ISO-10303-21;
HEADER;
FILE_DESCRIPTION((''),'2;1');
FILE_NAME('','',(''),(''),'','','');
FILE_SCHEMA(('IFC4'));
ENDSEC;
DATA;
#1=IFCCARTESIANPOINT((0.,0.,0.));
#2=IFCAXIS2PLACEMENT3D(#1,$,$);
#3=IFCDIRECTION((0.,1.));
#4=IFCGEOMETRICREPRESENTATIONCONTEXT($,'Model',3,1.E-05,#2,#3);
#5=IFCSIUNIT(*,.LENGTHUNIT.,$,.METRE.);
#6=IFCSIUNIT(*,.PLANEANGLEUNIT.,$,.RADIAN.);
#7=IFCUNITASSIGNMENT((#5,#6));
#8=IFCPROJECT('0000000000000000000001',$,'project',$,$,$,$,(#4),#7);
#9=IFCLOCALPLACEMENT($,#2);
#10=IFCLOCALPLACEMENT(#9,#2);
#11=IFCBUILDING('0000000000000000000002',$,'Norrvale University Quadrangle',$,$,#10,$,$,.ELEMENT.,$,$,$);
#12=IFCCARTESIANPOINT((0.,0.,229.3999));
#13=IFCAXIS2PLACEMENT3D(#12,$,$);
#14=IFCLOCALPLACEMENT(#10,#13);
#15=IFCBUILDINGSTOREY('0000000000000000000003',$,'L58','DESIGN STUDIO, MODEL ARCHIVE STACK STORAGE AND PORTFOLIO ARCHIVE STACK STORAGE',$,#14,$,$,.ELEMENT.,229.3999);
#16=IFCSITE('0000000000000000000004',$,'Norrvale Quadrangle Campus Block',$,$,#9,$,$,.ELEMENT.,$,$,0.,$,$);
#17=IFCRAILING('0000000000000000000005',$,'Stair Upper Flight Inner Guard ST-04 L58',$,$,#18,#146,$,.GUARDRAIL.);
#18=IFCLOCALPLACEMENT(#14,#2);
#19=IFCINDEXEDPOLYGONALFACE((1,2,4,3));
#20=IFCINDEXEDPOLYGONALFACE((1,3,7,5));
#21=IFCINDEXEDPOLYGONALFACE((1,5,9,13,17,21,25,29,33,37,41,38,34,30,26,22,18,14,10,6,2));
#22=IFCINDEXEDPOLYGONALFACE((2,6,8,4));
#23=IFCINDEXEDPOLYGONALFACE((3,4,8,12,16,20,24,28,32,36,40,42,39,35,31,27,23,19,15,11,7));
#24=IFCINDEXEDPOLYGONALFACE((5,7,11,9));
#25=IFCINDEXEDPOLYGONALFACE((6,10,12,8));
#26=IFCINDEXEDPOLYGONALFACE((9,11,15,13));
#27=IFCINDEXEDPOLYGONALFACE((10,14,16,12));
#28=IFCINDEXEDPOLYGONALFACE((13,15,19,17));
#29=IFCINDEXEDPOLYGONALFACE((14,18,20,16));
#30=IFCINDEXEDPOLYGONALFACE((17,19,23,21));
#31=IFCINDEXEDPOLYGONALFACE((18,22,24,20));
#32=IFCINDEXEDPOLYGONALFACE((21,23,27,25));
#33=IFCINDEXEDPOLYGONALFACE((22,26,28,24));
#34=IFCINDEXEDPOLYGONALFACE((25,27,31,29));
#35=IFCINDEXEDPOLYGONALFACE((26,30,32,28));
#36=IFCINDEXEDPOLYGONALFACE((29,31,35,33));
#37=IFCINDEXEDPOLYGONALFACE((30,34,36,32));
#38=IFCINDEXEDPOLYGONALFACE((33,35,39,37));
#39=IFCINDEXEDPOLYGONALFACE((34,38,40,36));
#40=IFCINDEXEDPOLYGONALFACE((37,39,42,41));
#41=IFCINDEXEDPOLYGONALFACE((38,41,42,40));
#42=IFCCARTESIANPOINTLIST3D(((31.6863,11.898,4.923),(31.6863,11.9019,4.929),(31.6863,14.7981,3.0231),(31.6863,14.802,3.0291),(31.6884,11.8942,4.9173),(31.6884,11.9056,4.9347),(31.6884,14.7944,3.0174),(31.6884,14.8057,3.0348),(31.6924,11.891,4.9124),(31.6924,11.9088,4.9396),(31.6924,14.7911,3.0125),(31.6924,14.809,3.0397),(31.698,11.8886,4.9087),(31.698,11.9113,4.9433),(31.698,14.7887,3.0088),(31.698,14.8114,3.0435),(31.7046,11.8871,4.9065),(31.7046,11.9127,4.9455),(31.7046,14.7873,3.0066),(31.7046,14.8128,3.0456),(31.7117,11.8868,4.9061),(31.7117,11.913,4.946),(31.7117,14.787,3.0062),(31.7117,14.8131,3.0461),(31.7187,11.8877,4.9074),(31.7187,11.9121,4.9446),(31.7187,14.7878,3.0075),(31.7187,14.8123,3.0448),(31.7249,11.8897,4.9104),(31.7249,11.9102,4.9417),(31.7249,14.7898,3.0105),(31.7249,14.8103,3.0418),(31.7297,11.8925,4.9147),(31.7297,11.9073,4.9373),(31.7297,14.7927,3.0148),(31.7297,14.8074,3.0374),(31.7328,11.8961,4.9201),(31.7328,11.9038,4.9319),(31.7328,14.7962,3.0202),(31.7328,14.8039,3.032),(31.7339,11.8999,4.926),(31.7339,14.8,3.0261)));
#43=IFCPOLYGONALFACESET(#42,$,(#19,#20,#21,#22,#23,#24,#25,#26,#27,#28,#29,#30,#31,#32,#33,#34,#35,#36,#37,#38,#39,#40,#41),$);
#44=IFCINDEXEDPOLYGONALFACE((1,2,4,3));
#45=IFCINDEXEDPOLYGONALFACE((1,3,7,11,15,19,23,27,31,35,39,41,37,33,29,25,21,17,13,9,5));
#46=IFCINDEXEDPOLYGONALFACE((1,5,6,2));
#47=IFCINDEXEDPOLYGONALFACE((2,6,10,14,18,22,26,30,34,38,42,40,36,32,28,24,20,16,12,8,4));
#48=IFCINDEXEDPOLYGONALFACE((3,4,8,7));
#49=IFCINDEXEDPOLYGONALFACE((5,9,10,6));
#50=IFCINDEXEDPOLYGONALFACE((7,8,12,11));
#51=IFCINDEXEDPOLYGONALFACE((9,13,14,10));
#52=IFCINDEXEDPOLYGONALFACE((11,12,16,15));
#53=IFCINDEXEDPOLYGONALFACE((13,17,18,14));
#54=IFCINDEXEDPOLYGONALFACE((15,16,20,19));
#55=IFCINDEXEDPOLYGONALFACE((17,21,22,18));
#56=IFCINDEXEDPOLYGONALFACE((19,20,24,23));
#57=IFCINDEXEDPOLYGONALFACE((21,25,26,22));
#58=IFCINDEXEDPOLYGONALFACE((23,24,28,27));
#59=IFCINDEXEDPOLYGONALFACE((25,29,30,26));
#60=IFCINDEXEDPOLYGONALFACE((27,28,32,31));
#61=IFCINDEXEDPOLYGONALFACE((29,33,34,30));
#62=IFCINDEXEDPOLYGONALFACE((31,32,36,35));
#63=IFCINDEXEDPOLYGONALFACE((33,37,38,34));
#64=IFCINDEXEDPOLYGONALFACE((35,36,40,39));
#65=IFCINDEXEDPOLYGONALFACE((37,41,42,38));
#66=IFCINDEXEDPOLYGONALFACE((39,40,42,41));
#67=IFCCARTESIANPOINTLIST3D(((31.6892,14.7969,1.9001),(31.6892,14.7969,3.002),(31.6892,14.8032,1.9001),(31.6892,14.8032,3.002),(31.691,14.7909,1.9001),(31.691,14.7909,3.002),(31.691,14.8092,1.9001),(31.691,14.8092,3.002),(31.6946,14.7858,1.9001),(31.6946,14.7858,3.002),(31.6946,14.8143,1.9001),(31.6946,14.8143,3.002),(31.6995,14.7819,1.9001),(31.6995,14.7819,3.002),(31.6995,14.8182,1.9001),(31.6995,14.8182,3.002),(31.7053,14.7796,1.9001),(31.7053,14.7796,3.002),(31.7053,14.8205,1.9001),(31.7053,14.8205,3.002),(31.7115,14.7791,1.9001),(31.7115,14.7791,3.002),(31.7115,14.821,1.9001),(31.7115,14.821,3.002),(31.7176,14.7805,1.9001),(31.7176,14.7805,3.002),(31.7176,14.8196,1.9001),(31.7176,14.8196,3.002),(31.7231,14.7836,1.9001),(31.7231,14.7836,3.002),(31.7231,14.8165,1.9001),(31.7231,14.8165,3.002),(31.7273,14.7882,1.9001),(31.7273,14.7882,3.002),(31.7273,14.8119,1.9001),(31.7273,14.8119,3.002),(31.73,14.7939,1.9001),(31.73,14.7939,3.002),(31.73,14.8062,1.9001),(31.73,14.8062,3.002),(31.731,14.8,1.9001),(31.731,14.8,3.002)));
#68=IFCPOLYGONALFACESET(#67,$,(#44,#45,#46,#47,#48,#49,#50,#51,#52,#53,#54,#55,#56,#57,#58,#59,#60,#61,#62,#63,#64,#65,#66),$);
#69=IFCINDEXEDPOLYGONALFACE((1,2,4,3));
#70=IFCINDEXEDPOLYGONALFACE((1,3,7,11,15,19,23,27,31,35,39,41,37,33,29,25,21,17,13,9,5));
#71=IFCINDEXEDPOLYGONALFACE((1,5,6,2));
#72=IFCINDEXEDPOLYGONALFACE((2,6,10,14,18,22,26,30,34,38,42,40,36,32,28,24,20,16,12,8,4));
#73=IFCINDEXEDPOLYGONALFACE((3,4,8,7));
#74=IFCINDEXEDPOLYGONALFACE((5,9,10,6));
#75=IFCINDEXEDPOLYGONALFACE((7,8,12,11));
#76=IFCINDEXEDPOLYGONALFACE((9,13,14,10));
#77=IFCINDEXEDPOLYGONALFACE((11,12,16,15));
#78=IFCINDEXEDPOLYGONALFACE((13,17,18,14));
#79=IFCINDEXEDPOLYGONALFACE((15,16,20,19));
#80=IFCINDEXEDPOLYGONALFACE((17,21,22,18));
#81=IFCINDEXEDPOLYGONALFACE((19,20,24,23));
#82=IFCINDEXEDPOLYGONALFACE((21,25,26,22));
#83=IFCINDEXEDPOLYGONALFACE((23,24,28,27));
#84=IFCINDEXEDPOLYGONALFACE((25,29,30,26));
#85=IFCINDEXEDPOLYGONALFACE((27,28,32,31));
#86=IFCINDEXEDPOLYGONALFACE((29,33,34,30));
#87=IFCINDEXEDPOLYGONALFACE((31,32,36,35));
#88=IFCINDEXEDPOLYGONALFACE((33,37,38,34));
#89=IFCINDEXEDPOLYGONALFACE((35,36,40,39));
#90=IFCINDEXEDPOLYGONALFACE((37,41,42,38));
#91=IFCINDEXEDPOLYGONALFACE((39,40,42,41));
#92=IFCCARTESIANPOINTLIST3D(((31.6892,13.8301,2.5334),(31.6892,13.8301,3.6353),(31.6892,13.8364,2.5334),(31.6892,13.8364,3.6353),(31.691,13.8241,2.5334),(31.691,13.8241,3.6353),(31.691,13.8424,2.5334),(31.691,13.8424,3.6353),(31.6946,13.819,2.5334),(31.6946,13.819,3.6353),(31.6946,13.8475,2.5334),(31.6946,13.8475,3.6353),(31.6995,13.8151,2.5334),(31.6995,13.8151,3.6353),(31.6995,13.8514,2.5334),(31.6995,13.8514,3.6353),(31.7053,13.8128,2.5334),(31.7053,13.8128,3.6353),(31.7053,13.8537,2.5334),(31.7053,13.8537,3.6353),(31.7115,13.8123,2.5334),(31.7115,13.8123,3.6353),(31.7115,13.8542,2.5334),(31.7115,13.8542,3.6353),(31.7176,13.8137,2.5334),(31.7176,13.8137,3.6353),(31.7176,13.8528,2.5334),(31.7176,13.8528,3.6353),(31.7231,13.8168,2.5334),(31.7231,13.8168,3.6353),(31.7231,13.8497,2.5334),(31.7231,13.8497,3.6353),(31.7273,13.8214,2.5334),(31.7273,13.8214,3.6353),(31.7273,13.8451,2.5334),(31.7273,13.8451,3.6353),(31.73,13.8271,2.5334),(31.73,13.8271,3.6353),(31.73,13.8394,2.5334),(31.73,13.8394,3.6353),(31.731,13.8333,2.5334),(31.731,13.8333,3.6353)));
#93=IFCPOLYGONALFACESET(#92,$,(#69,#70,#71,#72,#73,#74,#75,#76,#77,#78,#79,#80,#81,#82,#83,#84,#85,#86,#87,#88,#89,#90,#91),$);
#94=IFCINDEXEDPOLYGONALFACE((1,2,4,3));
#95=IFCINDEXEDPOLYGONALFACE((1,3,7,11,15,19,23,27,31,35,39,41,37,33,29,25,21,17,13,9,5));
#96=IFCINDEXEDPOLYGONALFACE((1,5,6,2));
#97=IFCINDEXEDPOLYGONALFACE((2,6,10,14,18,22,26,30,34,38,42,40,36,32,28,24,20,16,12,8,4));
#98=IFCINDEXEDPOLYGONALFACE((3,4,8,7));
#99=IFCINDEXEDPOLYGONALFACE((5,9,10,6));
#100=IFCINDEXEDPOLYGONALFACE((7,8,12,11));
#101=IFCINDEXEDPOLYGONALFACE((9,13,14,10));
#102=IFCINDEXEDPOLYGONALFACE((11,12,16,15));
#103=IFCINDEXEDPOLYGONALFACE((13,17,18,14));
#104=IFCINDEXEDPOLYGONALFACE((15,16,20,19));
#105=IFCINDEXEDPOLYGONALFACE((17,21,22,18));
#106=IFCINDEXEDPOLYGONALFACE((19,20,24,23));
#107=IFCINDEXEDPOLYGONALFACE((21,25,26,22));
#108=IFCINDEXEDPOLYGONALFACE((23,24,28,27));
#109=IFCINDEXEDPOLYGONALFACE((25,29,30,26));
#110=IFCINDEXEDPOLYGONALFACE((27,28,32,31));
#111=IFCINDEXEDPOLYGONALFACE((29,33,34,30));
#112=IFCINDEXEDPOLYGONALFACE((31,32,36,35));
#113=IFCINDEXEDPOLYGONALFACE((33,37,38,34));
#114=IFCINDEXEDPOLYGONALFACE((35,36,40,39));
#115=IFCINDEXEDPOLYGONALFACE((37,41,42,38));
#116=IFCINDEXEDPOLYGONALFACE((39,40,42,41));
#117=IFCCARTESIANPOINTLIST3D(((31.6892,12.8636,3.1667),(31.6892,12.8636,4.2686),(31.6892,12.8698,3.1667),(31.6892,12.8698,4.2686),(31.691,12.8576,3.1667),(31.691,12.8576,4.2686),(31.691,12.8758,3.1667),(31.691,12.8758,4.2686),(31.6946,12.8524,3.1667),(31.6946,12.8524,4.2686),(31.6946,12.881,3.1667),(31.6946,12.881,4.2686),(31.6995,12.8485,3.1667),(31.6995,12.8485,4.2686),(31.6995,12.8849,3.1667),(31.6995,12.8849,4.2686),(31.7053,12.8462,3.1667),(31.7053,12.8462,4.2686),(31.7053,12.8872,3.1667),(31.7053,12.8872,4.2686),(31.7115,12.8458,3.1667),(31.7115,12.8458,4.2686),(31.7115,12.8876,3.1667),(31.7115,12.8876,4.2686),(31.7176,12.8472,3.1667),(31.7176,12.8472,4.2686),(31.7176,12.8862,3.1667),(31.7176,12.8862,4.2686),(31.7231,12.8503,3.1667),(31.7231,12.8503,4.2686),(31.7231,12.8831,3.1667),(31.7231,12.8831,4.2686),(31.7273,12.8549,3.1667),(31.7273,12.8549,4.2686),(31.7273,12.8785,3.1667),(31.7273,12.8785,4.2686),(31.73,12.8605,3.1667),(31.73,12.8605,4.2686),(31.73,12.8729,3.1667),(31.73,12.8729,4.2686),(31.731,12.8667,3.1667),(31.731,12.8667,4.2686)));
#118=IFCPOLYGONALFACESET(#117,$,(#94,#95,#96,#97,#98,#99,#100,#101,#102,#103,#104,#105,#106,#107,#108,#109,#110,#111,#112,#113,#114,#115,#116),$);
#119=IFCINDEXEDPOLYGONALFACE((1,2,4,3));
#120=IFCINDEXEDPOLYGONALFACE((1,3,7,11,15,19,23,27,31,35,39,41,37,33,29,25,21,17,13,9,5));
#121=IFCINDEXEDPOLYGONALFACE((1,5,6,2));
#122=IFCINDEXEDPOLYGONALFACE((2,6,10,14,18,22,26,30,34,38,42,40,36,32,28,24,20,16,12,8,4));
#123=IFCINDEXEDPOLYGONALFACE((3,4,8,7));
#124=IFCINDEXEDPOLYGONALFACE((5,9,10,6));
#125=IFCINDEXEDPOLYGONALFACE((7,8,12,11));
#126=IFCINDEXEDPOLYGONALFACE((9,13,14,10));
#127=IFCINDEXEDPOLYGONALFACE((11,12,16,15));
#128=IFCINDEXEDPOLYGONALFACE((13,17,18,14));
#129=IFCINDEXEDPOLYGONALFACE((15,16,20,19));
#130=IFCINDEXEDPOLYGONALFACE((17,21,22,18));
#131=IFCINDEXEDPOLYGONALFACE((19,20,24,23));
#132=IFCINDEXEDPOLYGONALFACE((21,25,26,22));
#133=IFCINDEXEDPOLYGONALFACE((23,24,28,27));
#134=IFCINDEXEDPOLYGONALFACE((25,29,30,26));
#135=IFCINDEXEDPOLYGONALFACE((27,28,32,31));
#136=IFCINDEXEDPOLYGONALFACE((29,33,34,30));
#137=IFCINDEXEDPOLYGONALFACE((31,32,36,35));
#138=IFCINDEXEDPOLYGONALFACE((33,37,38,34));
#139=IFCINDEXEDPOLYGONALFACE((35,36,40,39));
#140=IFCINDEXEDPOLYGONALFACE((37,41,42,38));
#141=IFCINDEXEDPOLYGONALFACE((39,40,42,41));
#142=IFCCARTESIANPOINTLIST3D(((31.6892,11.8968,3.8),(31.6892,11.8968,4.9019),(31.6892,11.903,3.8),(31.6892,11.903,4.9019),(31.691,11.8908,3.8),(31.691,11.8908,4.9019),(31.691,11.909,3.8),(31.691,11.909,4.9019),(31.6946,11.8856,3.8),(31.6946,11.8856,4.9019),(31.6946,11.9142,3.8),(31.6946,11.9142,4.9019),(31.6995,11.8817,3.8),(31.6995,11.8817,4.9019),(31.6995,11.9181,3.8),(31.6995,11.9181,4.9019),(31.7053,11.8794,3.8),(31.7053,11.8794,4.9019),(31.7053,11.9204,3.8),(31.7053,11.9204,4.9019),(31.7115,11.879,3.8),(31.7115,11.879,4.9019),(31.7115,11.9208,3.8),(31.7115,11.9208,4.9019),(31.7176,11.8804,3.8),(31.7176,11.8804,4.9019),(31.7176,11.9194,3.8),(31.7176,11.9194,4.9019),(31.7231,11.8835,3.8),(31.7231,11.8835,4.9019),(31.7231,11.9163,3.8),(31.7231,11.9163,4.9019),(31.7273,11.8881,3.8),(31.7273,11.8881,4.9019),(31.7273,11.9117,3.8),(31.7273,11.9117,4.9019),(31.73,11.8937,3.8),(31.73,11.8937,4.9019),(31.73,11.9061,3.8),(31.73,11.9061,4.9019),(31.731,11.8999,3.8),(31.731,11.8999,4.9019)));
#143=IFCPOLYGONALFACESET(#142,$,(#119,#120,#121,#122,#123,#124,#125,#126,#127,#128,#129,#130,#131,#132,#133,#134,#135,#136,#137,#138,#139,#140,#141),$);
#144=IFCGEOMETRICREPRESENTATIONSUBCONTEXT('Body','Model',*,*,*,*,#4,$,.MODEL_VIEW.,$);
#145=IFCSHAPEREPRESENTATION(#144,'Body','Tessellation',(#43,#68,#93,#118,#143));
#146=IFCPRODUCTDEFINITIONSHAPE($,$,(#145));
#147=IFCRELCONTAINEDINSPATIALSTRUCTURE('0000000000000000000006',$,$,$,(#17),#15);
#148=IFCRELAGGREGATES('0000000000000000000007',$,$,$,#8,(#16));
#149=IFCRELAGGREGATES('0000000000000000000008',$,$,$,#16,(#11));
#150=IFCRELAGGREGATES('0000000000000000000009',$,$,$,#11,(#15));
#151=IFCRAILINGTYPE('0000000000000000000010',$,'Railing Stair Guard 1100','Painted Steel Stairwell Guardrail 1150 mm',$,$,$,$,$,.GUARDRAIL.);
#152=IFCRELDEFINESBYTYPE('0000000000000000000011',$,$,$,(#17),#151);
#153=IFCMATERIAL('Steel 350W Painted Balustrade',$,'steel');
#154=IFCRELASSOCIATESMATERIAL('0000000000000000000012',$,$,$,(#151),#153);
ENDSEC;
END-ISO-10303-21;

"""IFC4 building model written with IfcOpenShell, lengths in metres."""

from ifc_helpers import new_model, si_unit, direction, frame, origin, origin_2d, place, context, subcontext, project, spatial, circle, extrude, material, type_object, element, save


model = new_model("IFC4")

# Units and contexts
model_context = context("Model", 3, precision=1e-05, world=origin(), true_north=direction((0.0, 1.0)))
body_context = subcontext(model_context, "Body", "Model", "MODEL_VIEW")
ifc_project = project(units=[si_unit("LENGTHUNIT", "METRE"), si_unit("PLANEANGLEUNIT", "RADIAN")], contexts=[model_context])

# Site, building, storey
site_placement = place(None, origin())
site = spatial("IfcSite", under=ifc_project, at=site_placement, Name="Norrvale Quadrangle Campus Block", CompositionType="ELEMENT", RefElevation=0.0)
building_placement = place(site_placement, origin())
building = spatial("IfcBuilding", under=site, at=building_placement, Name="Norrvale University Quadrangle", CompositionType="ELEMENT")
storey_placement = place(building_placement, frame((0.0, 0.0, 229.3999)))
storey = spatial("IfcBuildingStorey", under=building, at=storey_placement, Name="L58", Description="DESIGN STUDIO, MODEL ARCHIVE STACK STORAGE AND PORTFOLIO ARCHIVE STACK STORAGE", CompositionType="ELEMENT", Elevation=229.3999)

# Railing
ifc_material_1 = material(Name="Steel 350W Painted Balustrade", Category="steel")
railing_type_1 = type_object("IfcRailingType", Name="Railing Stair Guard 1100", Description="Painted Steel Stairwell Guardrail 1150 mm", PredefinedType="GUARDRAIL", material=ifc_material_1)
railing_1_placement = place(storey_placement, frame((31.71, 14.8, 1.9001)))
element("IfcRailing", 1, at=railing_1_placement, inside=storey, type_object=railing_type_1, Name="Stair Upper Flight Inner Guard ST-04 L58", PredefinedType="GUARDRAIL", context=body_context, shape_type="SweptSolid", body=[
    extrude(circle(Radius=0.0239, at=origin_2d()), frame((0.0, 0.0, 1.126), z_axis=(0.0, -0.836487, 0.547987), x_axis=(1.0, 0.0, 0.0)), (0.0, 0.0, 1.0), 3.467),
    extrude(circle(Radius=0.021, at=origin_2d()), origin(), (0.0, 0.0, 1.0), 1.1018),
    extrude(circle(Radius=0.021, at=origin_2d()), frame((0.0, -0.9668, 0.6333)), (0.0, 0.0, 1.0), 1.1018),
    extrude(circle(Radius=0.021, at=origin_2d()), frame((0.0, -1.9333, 1.2666)), (0.0, 0.0, 1.0), 1.1018),
    extrude(circle(Radius=0.021, at=origin_2d()), frame((0.0, -2.9001, 1.8999)), (0.0, 0.0, 1.0), 1.1018),
])

save(model, "model.ifc")
